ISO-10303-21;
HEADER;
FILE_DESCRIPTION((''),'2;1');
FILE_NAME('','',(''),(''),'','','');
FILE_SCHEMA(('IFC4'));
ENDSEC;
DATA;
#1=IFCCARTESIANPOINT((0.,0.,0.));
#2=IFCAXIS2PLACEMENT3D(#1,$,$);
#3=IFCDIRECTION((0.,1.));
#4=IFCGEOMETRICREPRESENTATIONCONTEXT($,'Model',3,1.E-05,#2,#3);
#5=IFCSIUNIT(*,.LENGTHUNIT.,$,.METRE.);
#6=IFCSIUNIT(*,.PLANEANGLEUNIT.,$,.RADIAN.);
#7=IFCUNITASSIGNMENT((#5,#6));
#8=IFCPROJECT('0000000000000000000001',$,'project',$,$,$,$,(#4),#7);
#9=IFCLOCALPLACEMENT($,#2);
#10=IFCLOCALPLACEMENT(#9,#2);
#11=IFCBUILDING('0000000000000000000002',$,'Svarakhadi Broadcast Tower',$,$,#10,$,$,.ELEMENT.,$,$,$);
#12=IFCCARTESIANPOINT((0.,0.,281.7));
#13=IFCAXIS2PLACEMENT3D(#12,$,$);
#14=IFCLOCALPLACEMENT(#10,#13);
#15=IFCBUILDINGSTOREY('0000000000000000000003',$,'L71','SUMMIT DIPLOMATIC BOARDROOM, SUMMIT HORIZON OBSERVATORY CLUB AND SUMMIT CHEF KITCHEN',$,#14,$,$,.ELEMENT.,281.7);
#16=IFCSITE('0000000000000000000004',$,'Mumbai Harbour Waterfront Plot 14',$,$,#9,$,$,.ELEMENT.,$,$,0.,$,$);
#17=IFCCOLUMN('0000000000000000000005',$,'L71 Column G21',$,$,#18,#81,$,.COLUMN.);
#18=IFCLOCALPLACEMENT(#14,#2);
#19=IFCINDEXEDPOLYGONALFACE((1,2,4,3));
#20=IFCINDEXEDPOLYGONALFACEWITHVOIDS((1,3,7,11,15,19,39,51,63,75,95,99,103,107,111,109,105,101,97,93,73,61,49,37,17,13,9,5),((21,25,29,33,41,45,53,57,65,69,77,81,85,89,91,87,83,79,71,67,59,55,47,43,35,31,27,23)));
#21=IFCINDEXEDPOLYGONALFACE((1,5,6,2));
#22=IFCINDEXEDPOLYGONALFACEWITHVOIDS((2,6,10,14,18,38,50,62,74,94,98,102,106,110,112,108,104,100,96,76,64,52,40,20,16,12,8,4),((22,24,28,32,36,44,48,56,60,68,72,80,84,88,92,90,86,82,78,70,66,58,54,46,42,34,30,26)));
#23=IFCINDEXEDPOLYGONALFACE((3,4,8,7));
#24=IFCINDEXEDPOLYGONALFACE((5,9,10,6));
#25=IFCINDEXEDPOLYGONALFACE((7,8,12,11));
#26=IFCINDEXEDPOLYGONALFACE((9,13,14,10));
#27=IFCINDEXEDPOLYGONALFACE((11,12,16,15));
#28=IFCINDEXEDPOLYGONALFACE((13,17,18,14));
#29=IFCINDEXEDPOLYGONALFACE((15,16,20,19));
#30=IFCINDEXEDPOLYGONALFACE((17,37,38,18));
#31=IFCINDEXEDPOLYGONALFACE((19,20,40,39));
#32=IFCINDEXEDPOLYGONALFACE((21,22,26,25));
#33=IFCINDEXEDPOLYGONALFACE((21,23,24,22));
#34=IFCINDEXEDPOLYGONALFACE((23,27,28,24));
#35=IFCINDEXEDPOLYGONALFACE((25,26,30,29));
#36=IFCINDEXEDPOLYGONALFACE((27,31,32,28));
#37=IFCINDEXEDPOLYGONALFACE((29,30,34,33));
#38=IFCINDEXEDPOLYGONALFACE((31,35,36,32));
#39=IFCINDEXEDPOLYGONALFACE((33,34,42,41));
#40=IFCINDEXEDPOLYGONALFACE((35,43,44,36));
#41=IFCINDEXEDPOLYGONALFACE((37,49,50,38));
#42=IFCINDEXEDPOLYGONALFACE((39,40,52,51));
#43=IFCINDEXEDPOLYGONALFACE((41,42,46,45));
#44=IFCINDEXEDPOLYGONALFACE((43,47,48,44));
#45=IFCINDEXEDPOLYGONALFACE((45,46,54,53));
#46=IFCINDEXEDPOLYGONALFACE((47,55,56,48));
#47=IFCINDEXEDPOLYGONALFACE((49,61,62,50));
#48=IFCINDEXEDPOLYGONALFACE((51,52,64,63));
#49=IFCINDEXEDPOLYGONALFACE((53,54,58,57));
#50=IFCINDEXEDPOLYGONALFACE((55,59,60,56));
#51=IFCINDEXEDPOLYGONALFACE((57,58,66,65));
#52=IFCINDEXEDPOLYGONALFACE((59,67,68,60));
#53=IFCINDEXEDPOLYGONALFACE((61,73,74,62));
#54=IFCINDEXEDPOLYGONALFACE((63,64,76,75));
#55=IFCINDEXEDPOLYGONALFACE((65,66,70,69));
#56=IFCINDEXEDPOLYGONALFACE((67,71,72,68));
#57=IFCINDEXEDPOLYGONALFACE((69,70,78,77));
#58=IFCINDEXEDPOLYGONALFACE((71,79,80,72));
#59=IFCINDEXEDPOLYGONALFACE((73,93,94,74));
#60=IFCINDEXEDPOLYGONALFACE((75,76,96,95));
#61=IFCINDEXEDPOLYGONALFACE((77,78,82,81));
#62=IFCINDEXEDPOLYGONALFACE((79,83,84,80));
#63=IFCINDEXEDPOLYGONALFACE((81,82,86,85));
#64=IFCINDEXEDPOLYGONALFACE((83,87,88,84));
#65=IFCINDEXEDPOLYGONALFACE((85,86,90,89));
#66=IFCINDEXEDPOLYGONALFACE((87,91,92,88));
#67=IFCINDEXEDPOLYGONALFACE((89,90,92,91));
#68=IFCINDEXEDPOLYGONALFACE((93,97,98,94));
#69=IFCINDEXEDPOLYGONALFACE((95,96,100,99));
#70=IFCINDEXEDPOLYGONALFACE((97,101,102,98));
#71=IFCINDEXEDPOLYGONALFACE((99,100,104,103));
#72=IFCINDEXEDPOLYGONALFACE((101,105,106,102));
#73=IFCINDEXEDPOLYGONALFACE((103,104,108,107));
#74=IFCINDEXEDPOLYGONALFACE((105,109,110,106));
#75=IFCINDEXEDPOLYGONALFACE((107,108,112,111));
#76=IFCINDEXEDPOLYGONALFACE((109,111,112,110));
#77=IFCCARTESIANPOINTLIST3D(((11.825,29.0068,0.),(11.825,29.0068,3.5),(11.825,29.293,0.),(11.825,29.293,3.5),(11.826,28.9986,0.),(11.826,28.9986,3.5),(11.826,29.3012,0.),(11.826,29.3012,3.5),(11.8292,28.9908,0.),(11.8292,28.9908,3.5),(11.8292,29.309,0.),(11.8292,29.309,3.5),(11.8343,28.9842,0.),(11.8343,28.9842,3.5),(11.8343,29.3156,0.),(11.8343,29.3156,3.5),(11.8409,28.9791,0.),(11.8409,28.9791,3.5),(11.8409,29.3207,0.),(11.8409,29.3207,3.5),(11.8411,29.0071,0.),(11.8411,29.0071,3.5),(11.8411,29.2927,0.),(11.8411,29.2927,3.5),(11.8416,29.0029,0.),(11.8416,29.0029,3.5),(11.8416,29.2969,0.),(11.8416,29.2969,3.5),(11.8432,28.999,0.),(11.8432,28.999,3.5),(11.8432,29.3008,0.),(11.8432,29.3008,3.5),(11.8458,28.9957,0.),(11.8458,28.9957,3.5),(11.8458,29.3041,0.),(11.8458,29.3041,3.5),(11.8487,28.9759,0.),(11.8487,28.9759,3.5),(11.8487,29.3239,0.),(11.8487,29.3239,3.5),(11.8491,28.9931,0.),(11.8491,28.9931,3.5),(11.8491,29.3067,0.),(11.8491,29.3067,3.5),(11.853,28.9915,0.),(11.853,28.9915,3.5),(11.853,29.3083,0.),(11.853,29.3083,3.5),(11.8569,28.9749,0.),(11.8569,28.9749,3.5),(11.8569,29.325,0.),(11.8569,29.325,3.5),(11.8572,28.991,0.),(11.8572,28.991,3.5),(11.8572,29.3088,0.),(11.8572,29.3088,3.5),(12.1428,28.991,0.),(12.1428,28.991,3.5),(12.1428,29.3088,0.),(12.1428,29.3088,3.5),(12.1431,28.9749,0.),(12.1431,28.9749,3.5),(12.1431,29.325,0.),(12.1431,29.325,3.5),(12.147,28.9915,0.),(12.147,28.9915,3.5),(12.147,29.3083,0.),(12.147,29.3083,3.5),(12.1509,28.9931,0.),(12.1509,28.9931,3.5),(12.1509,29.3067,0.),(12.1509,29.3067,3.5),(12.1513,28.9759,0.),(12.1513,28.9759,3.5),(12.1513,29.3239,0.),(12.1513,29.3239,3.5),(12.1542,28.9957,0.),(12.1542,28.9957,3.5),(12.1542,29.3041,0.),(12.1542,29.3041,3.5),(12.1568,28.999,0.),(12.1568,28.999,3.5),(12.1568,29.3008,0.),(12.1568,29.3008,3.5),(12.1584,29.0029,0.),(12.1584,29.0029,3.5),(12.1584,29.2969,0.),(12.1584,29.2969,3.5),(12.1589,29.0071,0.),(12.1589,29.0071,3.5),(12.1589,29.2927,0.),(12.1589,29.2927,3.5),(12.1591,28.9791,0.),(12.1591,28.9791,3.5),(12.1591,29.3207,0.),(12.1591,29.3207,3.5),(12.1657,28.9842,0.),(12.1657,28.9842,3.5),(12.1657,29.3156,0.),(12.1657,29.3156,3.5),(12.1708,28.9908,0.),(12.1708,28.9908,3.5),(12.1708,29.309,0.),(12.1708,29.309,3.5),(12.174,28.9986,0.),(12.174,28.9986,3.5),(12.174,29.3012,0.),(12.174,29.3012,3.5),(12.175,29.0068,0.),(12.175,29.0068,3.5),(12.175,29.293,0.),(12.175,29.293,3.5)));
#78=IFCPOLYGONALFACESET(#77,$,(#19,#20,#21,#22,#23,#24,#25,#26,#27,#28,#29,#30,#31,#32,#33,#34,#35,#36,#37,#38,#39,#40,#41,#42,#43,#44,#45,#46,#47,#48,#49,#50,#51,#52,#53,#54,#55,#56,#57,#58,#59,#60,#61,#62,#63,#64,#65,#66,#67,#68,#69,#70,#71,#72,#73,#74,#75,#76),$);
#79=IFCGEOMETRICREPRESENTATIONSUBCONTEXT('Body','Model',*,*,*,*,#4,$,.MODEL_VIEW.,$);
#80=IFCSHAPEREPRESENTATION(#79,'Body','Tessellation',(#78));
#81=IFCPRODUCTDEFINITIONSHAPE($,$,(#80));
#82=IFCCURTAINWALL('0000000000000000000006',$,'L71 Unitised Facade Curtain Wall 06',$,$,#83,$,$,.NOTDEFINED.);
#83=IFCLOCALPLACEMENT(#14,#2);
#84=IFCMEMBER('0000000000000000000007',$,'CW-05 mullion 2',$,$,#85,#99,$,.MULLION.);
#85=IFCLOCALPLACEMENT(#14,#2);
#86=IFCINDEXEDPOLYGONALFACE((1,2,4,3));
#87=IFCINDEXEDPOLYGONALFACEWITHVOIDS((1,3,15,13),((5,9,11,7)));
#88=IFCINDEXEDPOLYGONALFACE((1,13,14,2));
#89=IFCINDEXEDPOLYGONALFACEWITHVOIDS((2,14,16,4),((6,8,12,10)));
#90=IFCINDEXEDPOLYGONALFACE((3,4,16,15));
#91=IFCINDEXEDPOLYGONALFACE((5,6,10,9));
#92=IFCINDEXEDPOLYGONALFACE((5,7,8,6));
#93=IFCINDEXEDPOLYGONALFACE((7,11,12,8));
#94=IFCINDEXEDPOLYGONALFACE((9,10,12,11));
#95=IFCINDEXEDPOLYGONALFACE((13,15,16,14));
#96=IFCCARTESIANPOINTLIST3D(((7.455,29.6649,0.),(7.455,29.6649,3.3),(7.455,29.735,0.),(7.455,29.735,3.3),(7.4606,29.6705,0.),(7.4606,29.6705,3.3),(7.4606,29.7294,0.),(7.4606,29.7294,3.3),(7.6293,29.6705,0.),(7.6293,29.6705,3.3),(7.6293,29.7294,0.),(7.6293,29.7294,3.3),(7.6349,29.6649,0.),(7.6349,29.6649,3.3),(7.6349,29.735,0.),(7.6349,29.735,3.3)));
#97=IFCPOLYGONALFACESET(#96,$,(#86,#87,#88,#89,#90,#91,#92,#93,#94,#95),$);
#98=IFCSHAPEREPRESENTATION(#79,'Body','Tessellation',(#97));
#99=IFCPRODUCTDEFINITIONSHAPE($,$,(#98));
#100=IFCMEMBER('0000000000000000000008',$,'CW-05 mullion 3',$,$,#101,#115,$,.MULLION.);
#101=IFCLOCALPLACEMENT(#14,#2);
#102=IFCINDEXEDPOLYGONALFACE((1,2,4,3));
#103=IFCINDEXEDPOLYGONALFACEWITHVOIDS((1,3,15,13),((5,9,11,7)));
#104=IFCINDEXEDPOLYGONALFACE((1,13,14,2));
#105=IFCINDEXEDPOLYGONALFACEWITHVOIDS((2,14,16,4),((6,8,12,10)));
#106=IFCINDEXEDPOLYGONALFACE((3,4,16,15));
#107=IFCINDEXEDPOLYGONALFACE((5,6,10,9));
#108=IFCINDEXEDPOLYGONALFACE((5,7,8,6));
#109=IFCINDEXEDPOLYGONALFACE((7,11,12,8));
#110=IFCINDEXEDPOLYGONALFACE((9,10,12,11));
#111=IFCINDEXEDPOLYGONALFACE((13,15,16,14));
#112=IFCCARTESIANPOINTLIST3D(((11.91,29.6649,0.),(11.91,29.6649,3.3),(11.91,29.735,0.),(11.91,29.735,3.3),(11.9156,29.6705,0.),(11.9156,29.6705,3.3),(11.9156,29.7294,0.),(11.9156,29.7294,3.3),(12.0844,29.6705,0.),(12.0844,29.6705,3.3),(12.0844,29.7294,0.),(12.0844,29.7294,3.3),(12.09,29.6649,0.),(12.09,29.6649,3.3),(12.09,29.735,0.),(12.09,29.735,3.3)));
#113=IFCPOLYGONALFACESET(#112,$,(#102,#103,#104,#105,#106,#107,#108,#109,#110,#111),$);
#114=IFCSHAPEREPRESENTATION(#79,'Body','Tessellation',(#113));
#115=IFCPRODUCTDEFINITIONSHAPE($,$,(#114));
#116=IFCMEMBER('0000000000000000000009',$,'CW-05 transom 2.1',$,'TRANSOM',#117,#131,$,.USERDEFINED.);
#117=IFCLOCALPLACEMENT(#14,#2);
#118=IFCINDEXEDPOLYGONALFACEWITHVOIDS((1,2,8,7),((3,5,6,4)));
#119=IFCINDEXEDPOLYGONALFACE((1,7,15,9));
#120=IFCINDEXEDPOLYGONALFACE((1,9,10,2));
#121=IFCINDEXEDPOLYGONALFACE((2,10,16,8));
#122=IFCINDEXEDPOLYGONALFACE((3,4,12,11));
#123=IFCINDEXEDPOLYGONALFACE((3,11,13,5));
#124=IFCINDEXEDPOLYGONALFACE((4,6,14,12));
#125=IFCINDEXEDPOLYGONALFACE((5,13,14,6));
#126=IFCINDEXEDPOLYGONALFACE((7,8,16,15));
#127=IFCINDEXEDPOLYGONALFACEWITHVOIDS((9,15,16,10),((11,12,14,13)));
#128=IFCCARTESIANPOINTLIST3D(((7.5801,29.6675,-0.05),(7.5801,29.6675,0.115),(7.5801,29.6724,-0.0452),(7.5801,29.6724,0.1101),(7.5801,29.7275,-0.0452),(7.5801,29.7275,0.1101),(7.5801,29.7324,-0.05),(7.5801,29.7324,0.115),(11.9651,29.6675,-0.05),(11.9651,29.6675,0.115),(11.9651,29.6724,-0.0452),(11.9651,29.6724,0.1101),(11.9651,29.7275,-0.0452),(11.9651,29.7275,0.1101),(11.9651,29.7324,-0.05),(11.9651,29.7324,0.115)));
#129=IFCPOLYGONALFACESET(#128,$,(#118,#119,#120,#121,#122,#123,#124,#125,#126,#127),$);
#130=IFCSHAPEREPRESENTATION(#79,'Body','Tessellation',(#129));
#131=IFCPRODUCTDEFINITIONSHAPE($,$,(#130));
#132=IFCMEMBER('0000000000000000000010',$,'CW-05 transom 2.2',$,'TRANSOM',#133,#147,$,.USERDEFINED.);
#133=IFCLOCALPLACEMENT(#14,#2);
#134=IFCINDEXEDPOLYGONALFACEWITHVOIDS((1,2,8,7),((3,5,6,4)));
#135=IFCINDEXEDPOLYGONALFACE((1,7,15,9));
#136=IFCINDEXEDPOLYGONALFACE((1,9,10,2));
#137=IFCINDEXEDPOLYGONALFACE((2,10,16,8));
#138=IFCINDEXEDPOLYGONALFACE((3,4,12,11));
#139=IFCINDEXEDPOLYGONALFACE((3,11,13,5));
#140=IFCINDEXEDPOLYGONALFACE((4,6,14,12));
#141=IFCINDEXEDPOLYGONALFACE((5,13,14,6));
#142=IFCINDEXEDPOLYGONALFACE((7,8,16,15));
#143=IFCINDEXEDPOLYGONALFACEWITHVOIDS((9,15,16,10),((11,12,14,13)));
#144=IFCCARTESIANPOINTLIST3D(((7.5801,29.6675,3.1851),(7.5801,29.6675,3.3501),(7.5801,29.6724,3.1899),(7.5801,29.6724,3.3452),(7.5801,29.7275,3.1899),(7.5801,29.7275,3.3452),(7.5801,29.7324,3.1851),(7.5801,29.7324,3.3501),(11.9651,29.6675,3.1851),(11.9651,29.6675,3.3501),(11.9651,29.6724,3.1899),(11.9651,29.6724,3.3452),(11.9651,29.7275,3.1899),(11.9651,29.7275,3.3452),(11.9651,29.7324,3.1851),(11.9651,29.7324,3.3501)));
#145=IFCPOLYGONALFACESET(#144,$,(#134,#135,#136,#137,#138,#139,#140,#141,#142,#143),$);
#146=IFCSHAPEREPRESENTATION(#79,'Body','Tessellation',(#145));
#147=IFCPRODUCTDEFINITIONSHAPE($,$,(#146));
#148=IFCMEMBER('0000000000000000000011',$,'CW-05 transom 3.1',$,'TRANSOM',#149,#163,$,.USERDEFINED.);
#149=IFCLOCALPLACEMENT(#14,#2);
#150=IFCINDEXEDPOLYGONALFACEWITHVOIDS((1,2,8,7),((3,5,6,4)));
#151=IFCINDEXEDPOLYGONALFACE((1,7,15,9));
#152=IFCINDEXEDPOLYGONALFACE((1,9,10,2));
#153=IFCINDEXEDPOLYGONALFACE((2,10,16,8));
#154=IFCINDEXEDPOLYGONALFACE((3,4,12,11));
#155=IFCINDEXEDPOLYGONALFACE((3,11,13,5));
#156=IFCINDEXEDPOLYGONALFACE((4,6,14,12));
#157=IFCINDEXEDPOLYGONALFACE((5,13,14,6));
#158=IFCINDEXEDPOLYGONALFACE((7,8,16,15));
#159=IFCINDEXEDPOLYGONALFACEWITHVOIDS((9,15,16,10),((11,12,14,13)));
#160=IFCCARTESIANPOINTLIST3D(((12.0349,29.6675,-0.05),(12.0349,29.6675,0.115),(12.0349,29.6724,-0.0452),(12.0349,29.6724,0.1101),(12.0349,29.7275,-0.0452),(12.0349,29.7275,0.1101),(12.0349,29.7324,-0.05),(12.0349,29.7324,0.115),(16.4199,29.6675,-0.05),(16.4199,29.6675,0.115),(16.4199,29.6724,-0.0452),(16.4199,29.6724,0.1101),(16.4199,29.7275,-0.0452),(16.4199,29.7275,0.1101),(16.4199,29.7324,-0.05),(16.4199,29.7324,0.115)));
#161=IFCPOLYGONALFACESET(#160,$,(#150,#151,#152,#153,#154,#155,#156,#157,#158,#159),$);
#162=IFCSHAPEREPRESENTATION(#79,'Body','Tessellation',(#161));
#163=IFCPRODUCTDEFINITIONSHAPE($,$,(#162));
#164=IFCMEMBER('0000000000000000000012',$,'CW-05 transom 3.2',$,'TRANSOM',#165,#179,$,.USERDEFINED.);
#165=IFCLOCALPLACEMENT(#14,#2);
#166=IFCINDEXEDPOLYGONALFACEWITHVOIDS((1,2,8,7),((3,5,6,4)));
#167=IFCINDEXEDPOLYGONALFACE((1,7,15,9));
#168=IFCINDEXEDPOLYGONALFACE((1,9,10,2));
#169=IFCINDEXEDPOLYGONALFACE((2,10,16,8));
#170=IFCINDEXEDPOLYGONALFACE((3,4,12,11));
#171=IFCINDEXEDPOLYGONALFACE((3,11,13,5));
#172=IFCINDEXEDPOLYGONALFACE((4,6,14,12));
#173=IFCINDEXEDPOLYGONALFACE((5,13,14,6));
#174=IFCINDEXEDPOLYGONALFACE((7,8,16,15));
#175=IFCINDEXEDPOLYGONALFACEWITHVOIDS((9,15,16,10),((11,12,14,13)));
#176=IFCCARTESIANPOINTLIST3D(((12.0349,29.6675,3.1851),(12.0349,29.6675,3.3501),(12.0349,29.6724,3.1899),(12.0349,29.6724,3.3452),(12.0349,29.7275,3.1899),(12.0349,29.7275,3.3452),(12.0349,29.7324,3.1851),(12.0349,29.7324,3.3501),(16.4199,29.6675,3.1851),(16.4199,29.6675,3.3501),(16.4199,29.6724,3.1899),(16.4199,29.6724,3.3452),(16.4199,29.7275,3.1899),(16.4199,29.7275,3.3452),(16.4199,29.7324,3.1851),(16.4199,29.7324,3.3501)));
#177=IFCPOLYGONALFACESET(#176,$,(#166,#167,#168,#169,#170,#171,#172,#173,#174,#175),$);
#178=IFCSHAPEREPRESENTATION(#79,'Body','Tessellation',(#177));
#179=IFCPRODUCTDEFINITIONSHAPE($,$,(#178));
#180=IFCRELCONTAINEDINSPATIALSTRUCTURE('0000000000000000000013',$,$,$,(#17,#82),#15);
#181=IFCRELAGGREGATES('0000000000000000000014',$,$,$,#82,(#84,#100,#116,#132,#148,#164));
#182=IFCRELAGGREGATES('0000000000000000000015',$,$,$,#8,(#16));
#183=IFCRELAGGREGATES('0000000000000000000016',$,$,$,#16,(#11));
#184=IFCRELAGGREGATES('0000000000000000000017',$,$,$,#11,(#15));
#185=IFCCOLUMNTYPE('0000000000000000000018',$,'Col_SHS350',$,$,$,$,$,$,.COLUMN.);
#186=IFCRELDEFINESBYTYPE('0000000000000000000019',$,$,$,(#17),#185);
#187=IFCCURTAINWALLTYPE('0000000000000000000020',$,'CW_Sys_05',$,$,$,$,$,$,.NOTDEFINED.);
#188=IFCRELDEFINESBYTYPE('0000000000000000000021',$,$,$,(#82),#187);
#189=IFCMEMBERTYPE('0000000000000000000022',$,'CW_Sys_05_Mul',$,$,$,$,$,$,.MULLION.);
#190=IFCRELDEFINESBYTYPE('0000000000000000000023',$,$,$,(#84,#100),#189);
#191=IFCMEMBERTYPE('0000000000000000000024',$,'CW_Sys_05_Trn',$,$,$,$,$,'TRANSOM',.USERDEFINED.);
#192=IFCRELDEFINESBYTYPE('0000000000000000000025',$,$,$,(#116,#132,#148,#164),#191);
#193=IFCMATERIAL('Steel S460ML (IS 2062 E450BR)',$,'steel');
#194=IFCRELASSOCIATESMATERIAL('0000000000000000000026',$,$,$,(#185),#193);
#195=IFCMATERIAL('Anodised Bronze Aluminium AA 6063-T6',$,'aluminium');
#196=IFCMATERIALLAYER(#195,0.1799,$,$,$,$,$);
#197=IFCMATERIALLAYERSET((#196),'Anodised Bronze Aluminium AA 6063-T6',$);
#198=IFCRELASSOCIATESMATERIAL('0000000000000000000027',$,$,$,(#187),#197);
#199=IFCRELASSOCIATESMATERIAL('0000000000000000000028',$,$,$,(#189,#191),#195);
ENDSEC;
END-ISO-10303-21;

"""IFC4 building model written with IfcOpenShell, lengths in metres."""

from ifc_helpers import new_model, si_unit, direction, frame, origin, origin_2d, place, context, subcontext, project, spatial, hollow_rectangle, extrude, material, layer, layer_set, material_profile, profile_set, type_object, element, aggregate, save


model = new_model("IFC4")

# Units and contexts
model_context = context("Model", 3, precision=1e-05, world=origin(), true_north=direction((0.0, 1.0)))
body_context = subcontext(model_context, "Body", "Model", "MODEL_VIEW")
ifc_project = project(units=[si_unit("LENGTHUNIT", "METRE"), si_unit("PLANEANGLEUNIT", "RADIAN")], contexts=[model_context])

# Site, building, storey
site_placement = place(None, origin())
site = spatial("IfcSite", under=ifc_project, at=site_placement, Name="Mumbai Harbour Waterfront Plot 14", CompositionType="ELEMENT", RefElevation=0.0)
building_placement = place(site_placement, origin())
building = spatial("IfcBuilding", under=site, at=building_placement, Name="Svarakhadi Broadcast Tower", CompositionType="ELEMENT")
storey_placement = place(building_placement, frame((0.0, 0.0, 281.7)))
storey = spatial("IfcBuildingStorey", under=building, at=storey_placement, Name="L71", Description="SUMMIT DIPLOMATIC BOARDROOM, SUMMIT HORIZON OBSERVATORY CLUB AND SUMMIT CHEF KITCHEN", CompositionType="ELEMENT", Elevation=281.7)

# Column
ifc_material_1 = material(Name="Steel S460ML (IS 2062 E450BR)", Category="steel")
ifc_material_profile_1 = material_profile(ifc_material_1, hollow_rectangle(XDim=0.3501, YDim=0.3501, WallThickness=0.0161, InnerFilletRadius=0.0161, OuterFilletRadius=0.032, at=origin_2d()), Name="SHS 350x350x16")
ifc_profile_set_1 = profile_set([ifc_material_profile_1], Name="Steel S460ML (IS 2062 E450BR)")
column_type = type_object("IfcColumnType", Name="Col_SHS350", PredefinedType="COLUMN", material=ifc_profile_set_1)
column_placement = place(storey_placement, frame((12.0, 29.1499, 0.0), z_axis=(0.0, 0.0, 1.0), x_axis=(1.0, 0.0, 0.0)))
element("IfcColumn", 1, at=column_placement, inside=storey, type_object=column_type, Name="L71 Column G21", PredefinedType="COLUMN", context=body_context, shape_type="SweptSolid", body=[
    extrude(hollow_rectangle(XDim=0.3501, YDim=0.3501, WallThickness=0.0161, InnerFilletRadius=0.0161, OuterFilletRadius=0.032, at=origin_2d()), origin(), (0.0, 0.0, 1.0), 3.5),
])

# Curtain wall, members
ifc_material_2 = material(Name="Anodised Bronze Aluminium AA 6063-T6", Category="aluminium")
ifc_layer_1 = layer(ifc_material_2, 0.1799)
ifc_layer_set_1 = layer_set([ifc_layer_1], Name="Anodised Bronze Aluminium AA 6063-T6")
curtain_wall_type = type_object("IfcCurtainWallType", Name="CW_Sys_05", PredefinedType="NOTDEFINED", material=ifc_layer_set_1)
curtain_wall_placement = place(storey_placement, origin())
curtain_wall = element("IfcCurtainWall", 2, at=curtain_wall_placement, inside=storey, type_object=curtain_wall_type, Name="L71 Unitised Facade Curtain Wall 06", PredefinedType="NOTDEFINED")
ifc_material_profile_2 = material_profile(ifc_material_2, hollow_rectangle(XDim=0.0701, YDim=0.1799, WallThickness=0.0056, at=origin_2d()), Name="ALU MULLION 180x70x6")
ifc_profile_set_2 = profile_set([ifc_material_profile_2], Name="Anodised Bronze Aluminium AA 6063-T6")
member_type_1 = type_object("IfcMemberType", Name="CW_Sys_05_Mul", PredefinedType="MULLION", material=ifc_profile_set_2)
member_1_placement = place(storey_placement, frame((7.5449, 29.7, 0.0), z_axis=(0.0, 0.0, 1.0), x_axis=(0.0, 1.0, 0.0)))
member_1 = element("IfcMember", 3, at=member_1_placement, type_object=member_type_1, Name="CW-05 mullion 2", PredefinedType="MULLION", context=body_context, shape_type="SweptSolid", body=[
    extrude(hollow_rectangle(XDim=0.0701, YDim=0.1799, WallThickness=0.0056, at=origin_2d()), origin(), (0.0, 0.0, 1.0), 3.3),
])
member_2_placement = place(storey_placement, frame((12.0, 29.7, 0.0), z_axis=(0.0, 0.0, 1.0), x_axis=(0.0, 1.0, 0.0)))
member_2 = element("IfcMember", 4, at=member_2_placement, type_object=member_type_1, Name="CW-05 mullion 3", PredefinedType="MULLION", context=body_context, shape_type="SweptSolid", body=[
    extrude(hollow_rectangle(XDim=0.0701, YDim=0.1799, WallThickness=0.0056, at=origin_2d()), origin(), (0.0, 0.0, 1.0), 3.3),
])
ifc_material_profile_3 = material_profile(ifc_material_2, hollow_rectangle(XDim=0.0649, YDim=0.165, WallThickness=0.0049, at=origin_2d()), Name="ALU TRANSOM 165x65x5")
ifc_profile_set_3 = profile_set([ifc_material_profile_3], Name="Anodised Bronze Aluminium AA 6063-T6")
member_type_2 = type_object("IfcMemberType", Name="CW_Sys_05_Trn", ElementType="TRANSOM", PredefinedType="USERDEFINED", material=ifc_profile_set_3)
member_3_placement = place(storey_placement, frame((7.5801, 29.7, 0.0325), z_axis=(1.0, 0.0, 0.0), x_axis=(0.0, 1.0, 0.0)))
member_3 = element("IfcMember", 5, at=member_3_placement, type_object=member_type_2, Name="CW-05 transom 2.1", ObjectType="TRANSOM", PredefinedType="USERDEFINED", context=body_context, shape_type="SweptSolid", body=[
    extrude(hollow_rectangle(XDim=0.0649, YDim=0.165, WallThickness=0.0049, at=origin_2d()), origin(), (0.0, 0.0, 1.0), 4.385),
])
member_4_placement = place(storey_placement, frame((7.5801, 29.7, 3.2676), z_axis=(1.0, 0.0, 0.0), x_axis=(0.0, 1.0, 0.0)))
member_4 = element("IfcMember", 6, at=member_4_placement, type_object=member_type_2, Name="CW-05 transom 2.2", ObjectType="TRANSOM", PredefinedType="USERDEFINED", context=body_context, shape_type="SweptSolid", body=[
    extrude(hollow_rectangle(XDim=0.0649, YDim=0.165, WallThickness=0.0049, at=origin_2d()), origin(), (0.0, 0.0, 1.0), 4.385),
])
member_5_placement = place(storey_placement, frame((12.0349, 29.7, 0.0325), z_axis=(1.0, 0.0, 0.0), x_axis=(0.0, 1.0, 0.0)))
member_5 = element("IfcMember", 7, at=member_5_placement, type_object=member_type_2, Name="CW-05 transom 3.1", ObjectType="TRANSOM", PredefinedType="USERDEFINED", context=body_context, shape_type="SweptSolid", body=[
    extrude(hollow_rectangle(XDim=0.0649, YDim=0.165, WallThickness=0.0049, at=origin_2d()), origin(), (0.0, 0.0, 1.0), 4.385),
])
member_6_placement = place(storey_placement, frame((12.0349, 29.7, 3.2676), z_axis=(1.0, 0.0, 0.0), x_axis=(0.0, 1.0, 0.0)))
member_6 = element("IfcMember", 8, at=member_6_placement, type_object=member_type_2, Name="CW-05 transom 3.2", ObjectType="TRANSOM", PredefinedType="USERDEFINED", context=body_context, shape_type="SweptSolid", body=[
    extrude(hollow_rectangle(XDim=0.0649, YDim=0.165, WallThickness=0.0049, at=origin_2d()), origin(), (0.0, 0.0, 1.0), 4.385),
])

aggregate(curtain_wall, [member_1, member_2, member_3, member_4, member_5, member_6])

save(model, "model.ifc")
